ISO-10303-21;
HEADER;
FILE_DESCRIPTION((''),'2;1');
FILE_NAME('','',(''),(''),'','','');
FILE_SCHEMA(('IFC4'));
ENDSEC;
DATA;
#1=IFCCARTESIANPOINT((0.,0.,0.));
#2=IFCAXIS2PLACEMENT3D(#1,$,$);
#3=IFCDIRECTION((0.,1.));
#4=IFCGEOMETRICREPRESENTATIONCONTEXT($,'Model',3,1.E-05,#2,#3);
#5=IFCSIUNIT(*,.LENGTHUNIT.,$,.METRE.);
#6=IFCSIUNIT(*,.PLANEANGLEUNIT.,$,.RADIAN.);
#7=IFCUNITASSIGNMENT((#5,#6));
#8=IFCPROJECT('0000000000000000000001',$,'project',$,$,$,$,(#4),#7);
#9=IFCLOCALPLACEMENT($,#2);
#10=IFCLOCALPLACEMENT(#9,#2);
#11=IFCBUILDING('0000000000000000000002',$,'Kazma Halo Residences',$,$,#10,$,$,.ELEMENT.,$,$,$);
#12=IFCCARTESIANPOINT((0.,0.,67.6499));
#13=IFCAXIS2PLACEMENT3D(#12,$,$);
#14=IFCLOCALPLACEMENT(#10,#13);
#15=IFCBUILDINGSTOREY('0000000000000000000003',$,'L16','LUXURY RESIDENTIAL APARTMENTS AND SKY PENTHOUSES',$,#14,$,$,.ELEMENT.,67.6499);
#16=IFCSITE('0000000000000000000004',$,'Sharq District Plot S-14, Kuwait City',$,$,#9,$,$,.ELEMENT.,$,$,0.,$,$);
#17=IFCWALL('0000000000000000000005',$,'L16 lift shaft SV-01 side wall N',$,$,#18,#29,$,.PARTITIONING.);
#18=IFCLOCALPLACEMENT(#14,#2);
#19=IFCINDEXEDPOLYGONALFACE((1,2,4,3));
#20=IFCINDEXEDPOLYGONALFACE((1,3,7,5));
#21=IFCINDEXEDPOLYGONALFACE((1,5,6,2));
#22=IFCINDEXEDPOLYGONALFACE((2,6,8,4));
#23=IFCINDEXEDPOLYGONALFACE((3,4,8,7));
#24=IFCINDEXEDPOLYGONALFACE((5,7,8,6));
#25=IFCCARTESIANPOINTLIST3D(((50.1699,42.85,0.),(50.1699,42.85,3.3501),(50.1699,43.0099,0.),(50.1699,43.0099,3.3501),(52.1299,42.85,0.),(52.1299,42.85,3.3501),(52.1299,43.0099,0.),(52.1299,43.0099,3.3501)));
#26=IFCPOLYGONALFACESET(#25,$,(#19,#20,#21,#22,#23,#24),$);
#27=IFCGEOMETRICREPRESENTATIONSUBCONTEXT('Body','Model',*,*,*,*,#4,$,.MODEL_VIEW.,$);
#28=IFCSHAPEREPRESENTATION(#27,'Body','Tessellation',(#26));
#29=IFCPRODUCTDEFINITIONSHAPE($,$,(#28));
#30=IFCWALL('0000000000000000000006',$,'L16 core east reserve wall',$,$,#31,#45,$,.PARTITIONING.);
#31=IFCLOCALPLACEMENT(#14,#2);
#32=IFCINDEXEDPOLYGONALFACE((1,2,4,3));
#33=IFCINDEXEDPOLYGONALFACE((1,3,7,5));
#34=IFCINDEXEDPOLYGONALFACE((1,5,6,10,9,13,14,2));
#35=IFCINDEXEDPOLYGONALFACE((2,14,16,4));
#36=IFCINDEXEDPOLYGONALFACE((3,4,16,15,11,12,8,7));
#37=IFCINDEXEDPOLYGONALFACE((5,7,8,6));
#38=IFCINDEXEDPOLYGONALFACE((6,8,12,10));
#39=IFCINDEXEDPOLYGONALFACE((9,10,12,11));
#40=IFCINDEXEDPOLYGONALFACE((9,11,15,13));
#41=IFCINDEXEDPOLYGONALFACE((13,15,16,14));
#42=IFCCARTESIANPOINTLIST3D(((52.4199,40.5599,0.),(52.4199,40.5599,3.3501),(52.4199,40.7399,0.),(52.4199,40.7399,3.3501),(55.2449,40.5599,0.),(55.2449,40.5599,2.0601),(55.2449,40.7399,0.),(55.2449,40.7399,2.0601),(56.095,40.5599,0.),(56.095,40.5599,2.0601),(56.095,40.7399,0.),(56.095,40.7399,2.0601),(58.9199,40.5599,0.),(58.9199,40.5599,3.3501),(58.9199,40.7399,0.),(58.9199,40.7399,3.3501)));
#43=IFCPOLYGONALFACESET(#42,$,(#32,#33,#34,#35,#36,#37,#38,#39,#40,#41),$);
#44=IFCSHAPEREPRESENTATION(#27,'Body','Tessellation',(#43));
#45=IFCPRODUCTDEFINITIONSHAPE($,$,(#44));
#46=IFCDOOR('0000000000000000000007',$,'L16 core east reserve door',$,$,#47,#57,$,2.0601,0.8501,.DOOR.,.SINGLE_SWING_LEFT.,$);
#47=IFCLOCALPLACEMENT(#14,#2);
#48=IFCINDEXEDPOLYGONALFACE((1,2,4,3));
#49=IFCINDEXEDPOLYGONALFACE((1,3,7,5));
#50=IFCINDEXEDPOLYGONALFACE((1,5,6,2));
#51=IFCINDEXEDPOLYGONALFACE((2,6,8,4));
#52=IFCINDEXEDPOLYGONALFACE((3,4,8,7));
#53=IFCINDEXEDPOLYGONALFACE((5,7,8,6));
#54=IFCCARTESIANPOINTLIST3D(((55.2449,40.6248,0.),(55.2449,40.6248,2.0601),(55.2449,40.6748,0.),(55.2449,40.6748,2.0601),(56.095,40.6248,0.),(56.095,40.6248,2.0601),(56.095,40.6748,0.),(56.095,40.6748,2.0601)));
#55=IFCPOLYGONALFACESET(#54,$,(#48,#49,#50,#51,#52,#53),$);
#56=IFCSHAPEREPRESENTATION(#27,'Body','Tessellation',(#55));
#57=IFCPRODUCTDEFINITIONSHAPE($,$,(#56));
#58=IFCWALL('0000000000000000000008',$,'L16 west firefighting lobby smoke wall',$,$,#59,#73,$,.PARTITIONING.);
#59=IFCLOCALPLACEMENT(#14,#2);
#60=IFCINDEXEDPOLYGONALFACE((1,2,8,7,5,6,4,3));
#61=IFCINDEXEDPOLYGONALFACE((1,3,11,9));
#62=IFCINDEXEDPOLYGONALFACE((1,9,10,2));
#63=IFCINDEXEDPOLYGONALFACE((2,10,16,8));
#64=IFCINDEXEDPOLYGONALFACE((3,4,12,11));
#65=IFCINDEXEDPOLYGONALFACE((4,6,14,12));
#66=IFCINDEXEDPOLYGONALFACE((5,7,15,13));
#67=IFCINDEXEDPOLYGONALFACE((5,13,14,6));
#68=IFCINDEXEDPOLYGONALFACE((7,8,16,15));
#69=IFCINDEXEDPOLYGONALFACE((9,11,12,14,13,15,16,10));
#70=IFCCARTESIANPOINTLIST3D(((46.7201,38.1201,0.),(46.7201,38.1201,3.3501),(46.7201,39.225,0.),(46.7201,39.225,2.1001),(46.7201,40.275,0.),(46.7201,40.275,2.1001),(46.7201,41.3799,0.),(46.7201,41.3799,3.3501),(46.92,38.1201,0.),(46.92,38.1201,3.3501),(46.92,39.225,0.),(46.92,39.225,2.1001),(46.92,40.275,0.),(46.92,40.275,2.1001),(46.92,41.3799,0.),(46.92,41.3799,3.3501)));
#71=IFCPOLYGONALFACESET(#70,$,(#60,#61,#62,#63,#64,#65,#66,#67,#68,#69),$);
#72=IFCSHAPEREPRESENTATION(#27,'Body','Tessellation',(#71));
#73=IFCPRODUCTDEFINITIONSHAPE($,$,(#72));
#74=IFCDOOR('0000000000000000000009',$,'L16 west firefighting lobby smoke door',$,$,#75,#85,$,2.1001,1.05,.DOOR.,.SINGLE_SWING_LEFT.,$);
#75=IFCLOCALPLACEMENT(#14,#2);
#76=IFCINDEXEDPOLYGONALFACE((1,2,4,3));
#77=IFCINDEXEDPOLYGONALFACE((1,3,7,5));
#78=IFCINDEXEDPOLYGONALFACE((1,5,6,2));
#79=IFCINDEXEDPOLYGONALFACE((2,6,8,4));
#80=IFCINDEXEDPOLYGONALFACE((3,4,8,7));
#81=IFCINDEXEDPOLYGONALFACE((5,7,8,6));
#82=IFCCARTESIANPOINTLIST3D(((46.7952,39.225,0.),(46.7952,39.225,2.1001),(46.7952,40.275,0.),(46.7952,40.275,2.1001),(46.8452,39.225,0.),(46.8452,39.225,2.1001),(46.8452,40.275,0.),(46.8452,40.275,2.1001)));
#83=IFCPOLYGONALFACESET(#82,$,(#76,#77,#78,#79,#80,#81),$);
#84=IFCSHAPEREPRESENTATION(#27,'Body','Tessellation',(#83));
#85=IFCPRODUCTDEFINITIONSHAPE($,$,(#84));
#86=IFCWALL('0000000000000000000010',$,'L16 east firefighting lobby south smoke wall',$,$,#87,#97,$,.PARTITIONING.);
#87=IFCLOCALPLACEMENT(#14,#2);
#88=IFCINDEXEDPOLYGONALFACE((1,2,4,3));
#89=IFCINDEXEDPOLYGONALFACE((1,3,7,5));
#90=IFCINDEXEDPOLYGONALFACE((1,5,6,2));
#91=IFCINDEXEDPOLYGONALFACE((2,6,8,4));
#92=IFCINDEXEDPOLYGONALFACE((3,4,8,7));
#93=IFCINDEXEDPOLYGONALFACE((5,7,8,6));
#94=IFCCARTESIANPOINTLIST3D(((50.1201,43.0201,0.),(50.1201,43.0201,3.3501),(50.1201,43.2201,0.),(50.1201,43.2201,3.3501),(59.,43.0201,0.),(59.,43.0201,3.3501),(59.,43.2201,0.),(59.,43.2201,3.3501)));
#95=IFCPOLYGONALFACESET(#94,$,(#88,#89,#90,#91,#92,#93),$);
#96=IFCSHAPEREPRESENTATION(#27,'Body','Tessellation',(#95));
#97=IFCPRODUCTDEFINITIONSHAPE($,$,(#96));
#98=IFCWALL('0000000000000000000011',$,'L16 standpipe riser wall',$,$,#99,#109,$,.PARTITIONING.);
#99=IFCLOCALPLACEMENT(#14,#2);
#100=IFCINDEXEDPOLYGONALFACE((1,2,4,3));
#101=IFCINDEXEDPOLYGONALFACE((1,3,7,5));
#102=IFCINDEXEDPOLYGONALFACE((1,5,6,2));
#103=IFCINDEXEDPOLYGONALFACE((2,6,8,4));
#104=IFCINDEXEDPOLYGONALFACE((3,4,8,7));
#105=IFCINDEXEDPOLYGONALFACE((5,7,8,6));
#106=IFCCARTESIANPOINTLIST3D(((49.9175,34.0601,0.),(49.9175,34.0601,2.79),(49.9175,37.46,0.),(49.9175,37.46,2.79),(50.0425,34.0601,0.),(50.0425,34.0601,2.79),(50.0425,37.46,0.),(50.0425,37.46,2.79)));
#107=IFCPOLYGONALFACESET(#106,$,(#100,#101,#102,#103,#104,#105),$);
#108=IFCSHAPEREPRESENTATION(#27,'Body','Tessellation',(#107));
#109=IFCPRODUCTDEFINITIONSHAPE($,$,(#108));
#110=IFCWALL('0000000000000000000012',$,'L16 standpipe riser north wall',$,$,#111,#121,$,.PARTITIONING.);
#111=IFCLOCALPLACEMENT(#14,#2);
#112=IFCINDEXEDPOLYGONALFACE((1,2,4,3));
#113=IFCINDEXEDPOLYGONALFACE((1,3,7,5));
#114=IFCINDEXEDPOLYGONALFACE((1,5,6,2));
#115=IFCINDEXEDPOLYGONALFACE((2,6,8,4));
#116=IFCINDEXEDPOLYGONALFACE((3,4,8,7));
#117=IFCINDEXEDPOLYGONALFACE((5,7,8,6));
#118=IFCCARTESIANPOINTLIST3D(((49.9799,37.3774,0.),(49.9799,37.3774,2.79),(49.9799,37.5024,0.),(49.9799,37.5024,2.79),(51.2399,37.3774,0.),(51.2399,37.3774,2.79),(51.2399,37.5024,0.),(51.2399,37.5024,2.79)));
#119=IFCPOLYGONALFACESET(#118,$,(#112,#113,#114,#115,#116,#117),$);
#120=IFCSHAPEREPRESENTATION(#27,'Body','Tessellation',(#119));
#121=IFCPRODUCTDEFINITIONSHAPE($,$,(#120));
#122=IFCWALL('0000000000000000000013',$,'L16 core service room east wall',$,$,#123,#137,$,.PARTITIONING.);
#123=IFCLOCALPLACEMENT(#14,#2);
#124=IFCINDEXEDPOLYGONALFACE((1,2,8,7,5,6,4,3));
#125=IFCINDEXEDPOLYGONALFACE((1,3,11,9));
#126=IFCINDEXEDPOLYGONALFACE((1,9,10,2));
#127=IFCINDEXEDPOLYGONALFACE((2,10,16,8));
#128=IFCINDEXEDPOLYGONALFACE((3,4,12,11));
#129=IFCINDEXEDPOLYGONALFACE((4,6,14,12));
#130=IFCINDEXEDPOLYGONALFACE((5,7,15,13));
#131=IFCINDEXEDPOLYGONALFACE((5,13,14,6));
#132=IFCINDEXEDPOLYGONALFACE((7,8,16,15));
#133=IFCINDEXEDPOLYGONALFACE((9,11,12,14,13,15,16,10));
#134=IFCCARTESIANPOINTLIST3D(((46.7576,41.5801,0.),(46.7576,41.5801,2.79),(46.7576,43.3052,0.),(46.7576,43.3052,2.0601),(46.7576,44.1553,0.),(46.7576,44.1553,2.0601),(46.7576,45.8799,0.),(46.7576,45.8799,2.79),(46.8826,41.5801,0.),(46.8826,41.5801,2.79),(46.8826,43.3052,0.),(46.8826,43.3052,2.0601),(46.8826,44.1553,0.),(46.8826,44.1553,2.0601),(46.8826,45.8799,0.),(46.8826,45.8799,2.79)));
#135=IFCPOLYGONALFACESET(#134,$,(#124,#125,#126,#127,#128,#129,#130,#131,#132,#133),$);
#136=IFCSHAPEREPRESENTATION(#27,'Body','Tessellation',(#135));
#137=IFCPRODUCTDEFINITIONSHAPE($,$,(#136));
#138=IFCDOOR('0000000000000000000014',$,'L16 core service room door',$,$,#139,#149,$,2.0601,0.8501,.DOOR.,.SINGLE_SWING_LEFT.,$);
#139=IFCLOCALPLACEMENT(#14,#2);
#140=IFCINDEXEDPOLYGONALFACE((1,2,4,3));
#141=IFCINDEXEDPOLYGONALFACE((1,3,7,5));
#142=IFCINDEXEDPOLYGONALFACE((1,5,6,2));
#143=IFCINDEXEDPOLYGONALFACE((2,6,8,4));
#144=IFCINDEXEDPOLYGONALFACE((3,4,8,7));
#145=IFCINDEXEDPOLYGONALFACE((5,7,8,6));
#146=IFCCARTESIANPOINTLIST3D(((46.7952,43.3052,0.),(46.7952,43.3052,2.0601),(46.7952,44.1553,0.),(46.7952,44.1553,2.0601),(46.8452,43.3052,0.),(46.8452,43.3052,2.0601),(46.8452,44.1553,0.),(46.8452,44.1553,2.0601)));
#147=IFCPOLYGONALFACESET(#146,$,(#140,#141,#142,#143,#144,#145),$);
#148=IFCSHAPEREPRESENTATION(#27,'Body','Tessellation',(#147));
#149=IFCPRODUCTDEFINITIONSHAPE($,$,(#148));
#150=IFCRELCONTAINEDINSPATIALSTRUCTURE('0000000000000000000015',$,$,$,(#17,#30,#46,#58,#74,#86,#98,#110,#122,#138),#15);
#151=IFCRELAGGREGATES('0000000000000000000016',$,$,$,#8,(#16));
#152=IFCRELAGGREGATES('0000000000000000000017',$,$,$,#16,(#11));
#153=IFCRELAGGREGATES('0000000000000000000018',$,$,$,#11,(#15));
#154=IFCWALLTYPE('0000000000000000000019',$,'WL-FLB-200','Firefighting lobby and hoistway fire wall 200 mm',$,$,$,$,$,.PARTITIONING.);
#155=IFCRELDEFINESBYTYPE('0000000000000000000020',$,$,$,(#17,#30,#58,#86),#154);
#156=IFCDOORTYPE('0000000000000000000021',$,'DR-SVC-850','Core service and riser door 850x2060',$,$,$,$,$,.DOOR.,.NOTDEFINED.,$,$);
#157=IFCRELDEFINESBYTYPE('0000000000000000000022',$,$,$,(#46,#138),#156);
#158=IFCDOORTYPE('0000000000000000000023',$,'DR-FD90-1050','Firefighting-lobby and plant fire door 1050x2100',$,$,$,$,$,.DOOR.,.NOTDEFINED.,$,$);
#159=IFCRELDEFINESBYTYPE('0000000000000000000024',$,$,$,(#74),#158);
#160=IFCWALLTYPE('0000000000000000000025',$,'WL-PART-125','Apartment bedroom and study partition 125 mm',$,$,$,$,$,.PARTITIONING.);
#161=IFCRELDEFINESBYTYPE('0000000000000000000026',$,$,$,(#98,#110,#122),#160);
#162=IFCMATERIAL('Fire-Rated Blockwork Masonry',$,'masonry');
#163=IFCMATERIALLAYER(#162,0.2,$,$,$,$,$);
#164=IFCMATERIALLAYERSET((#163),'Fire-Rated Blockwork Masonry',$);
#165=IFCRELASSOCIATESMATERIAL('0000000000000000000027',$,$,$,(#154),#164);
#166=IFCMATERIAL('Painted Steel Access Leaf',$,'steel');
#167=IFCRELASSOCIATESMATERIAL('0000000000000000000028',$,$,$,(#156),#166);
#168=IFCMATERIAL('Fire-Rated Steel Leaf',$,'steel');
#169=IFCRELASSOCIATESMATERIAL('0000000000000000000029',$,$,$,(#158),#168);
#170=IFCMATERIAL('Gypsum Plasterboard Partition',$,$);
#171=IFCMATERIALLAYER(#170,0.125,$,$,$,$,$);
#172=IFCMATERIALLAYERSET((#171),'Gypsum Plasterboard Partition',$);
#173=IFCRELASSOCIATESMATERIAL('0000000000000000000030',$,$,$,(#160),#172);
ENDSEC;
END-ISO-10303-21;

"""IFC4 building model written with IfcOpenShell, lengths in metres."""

from ifc_helpers import new_model, si_unit, direction, frame, frame_2d, origin, place, context, subcontext, project, spatial, rectangle, extrude, material, layer, layer_set, type_object, element, fill, save


model = new_model("IFC4")

# Units and contexts
model_context = context("Model", 3, precision=1e-05, world=origin(), true_north=direction((0.0, 1.0)))
body_context = subcontext(model_context, "Body", "Model", "MODEL_VIEW")
ifc_project = project(units=[si_unit("LENGTHUNIT", "METRE"), si_unit("PLANEANGLEUNIT", "RADIAN")], contexts=[model_context])

# Site, building, storey
site_placement = place(None, origin())
site = spatial("IfcSite", under=ifc_project, at=site_placement, Name="Sharq District Plot S-14, Kuwait City", CompositionType="ELEMENT", RefElevation=0.0)
building_placement = place(site_placement, origin())
building = spatial("IfcBuilding", under=site, at=building_placement, Name="Kazma Halo Residences", CompositionType="ELEMENT")
storey_placement = place(building_placement, frame((0.0, 0.0, 67.6499)))
storey = spatial("IfcBuildingStorey", under=building, at=storey_placement, Name="L16", Description="LUXURY RESIDENTIAL APARTMENTS AND SKY PENTHOUSES", CompositionType="ELEMENT", Elevation=67.6499)

# Shared definitions
ifc_material_1 = material(Name="Fire-Rated Blockwork Masonry", Category="masonry")
ifc_layer_1 = layer(ifc_material_1, 0.2)
ifc_layer_set_1 = layer_set([ifc_layer_1], Name="Fire-Rated Blockwork Masonry")
wall_type_1 = type_object("IfcWallType", Name="WL-FLB-200", Description="Firefighting lobby and hoistway fire wall 200 mm", PredefinedType="PARTITIONING", material=ifc_layer_set_1)

# Wall
wall_1_placement = place(storey_placement, frame((50.1699, 42.9299, 0.0), z_axis=(0.0, 0.0, 1.0), x_axis=(1.0, 0.0, 0.0)))
element("IfcWall", 1, at=wall_1_placement, inside=storey, type_object=wall_type_1, Name="L16 lift shaft SV-01 side wall N", PredefinedType="PARTITIONING", context=body_context, shape_type="SweptSolid", body=[
    extrude(rectangle(XDim=1.96, YDim=0.1599, at=frame_2d((0.98, 0.0))), origin(), (0.0, 0.0, 1.0), 3.3501),
])

# Walls, openings, doors
wall_2_placement = place(storey_placement, frame((52.4199, 40.6499, 0.0), z_axis=(0.0, 0.0, 1.0), x_axis=(1.0, 0.0, 0.0)))
wall_2 = element("IfcWall", 2, at=wall_2_placement, inside=storey, type_object=wall_type_1, Name="L16 core east reserve wall", PredefinedType="PARTITIONING", context=body_context, shape_type="SweptSolid", body=[
    extrude(rectangle(XDim=6.5, YDim=0.1799, at=frame_2d((3.25, 0.0))), origin(), (0.0, 0.0, 1.0), 3.3501),
])
opening_1_placement = place(wall_2_placement, frame((2.825, 0.0, 0.0)))
opening_1 = element("IfcOpeningElement", 3, at=opening_1_placement, cuts=wall_2, PredefinedType="OPENING", context=body_context, shape_type="SweptSolid", body=[
    extrude(rectangle(XDim=0.8501, YDim=2.0601, at=frame_2d((0.425, 1.03))), frame((0.0, 0.0999, 0.0), z_axis=(0.0, -1.0, 0.0), x_axis=(1.0, 0.0, 0.0)), (0.0, 0.0, 1.0), 0.2),
])
ifc_material_2 = material(Name="Painted Steel Access Leaf", Category="steel")
door_type_1 = type_object("IfcDoorType", Name="DR-SVC-850", Description="Core service and riser door 850x2060", OperationType="NOTDEFINED", PredefinedType="DOOR", material=ifc_material_2)
door_1_placement = place(opening_1_placement, origin())
door_1 = element("IfcDoor", 4, at=door_1_placement, inside=storey, type_object=door_type_1, Name="L16 core east reserve door", OperationType="SINGLE_SWING_LEFT", OverallHeight=2.0601, OverallWidth=0.8501, PredefinedType="DOOR", context=body_context, shape_type="SweptSolid", body=[
    extrude(rectangle(XDim=0.8501, YDim=2.0601, at=frame_2d((0.425, 1.03))), frame((0.0, 0.0249, 0.0), z_axis=(0.0, -1.0, 0.0), x_axis=(1.0, 0.0, 0.0)), (0.0, 0.0, 1.0), 0.05),
])
fill(opening_1, door_1)
wall_3_placement = place(storey_placement, frame((46.8201, 38.1201, 0.0), z_axis=(0.0, 0.0, 1.0), x_axis=(0.0, 1.0, 0.0)))
wall_3 = element("IfcWall", 5, at=wall_3_placement, inside=storey, type_object=wall_type_1, Name="L16 west firefighting lobby smoke wall", PredefinedType="PARTITIONING", context=body_context, shape_type="SweptSolid", body=[
    extrude(rectangle(XDim=3.2598, YDim=0.2, at=frame_2d((1.6299, 0.0))), origin(), (0.0, 0.0, 1.0), 3.3501),
])
opening_2_placement = place(wall_3_placement, frame((1.105, 0.0, 0.0)))
opening_2 = element("IfcOpeningElement", 6, at=opening_2_placement, cuts=wall_3, PredefinedType="OPENING", context=body_context, shape_type="SweptSolid", body=[
    extrude(rectangle(XDim=1.05, YDim=2.1001, at=frame_2d((0.5249, 1.05))), frame((0.0, 0.1099, 0.0), z_axis=(0.0, -1.0, 0.0), x_axis=(1.0, 0.0, 0.0)), (0.0, 0.0, 1.0), 0.22),
])
ifc_material_3 = material(Name="Fire-Rated Steel Leaf", Category="steel")
door_type_2 = type_object("IfcDoorType", Name="DR-FD90-1050", Description="Firefighting-lobby and plant fire door 1050x2100", OperationType="NOTDEFINED", PredefinedType="DOOR", material=ifc_material_3)
door_2_placement = place(opening_2_placement, origin())
door_2 = element("IfcDoor", 7, at=door_2_placement, inside=storey, type_object=door_type_2, Name="L16 west firefighting lobby smoke door", OperationType="SINGLE_SWING_LEFT", OverallHeight=2.1001, OverallWidth=1.05, PredefinedType="DOOR", context=body_context, shape_type="SweptSolid", body=[
    extrude(rectangle(XDim=1.05, YDim=2.1001, at=frame_2d((0.5249, 1.05))), frame((0.0, 0.0249, 0.0), z_axis=(0.0, -1.0, 0.0), x_axis=(1.0, 0.0, 0.0)), (0.0, 0.0, 1.0), 0.05),
])
fill(opening_2, door_2)

# Walls
wall_4_placement = place(storey_placement, frame((50.1201, 43.1201, 0.0), z_axis=(0.0, 0.0, 1.0), x_axis=(1.0, 0.0, 0.0)))
element("IfcWall", 8, at=wall_4_placement, inside=storey, type_object=wall_type_1, Name="L16 east firefighting lobby south smoke wall", PredefinedType="PARTITIONING", context=body_context, shape_type="SweptSolid", body=[
    extrude(rectangle(XDim=8.8799, YDim=0.2, at=frame_2d((4.4399, 0.0))), origin(), (0.0, 0.0, 1.0), 3.3501),
])
ifc_material_4 = material(Name="Gypsum Plasterboard Partition")
ifc_layer_2 = layer(ifc_material_4, 0.125)
ifc_layer_set_2 = layer_set([ifc_layer_2], Name="Gypsum Plasterboard Partition")
wall_type_2 = type_object("IfcWallType", Name="WL-PART-125", Description="Apartment bedroom and study partition 125 mm", PredefinedType="PARTITIONING", material=ifc_layer_set_2)
wall_5_placement = place(storey_placement, frame((49.98, 34.0601, 0.0), z_axis=(0.0, 0.0, 1.0), x_axis=(0.0, 1.0, 0.0)))
element("IfcWall", 9, at=wall_5_placement, inside=storey, type_object=wall_type_2, Name="L16 standpipe riser wall", PredefinedType="PARTITIONING", context=body_context, shape_type="SweptSolid", body=[
    extrude(rectangle(XDim=3.3999, YDim=0.125, at=frame_2d((1.7, 0.0))), origin(), (0.0, 0.0, 1.0), 2.79),
])
wall_6_placement = place(storey_placement, frame((49.98, 37.4399, 0.0), z_axis=(0.0, 0.0, 1.0), x_axis=(1.0, 0.0, 0.0)))
element("IfcWall", 10, at=wall_6_placement, inside=storey, type_object=wall_type_2, Name="L16 standpipe riser north wall", PredefinedType="PARTITIONING", context=body_context, shape_type="SweptSolid", body=[
    extrude(rectangle(XDim=1.26, YDim=0.125, at=frame_2d((0.6299, 0.0))), origin(), (0.0, 0.0, 1.0), 2.79),
])

# Wall, opening, door
wall_7_placement = place(storey_placement, frame((46.8201, 41.5801, 0.0), z_axis=(0.0, 0.0, 1.0), x_axis=(0.0, 1.0, 0.0)))
wall_7 = element("IfcWall", 11, at=wall_7_placement, inside=storey, type_object=wall_type_2, Name="L16 core service room east wall", PredefinedType="PARTITIONING", context=body_context, shape_type="SweptSolid", body=[
    extrude(rectangle(XDim=4.2998, YDim=0.125, at=frame_2d((2.1499, 0.0))), origin(), (0.0, 0.0, 1.0), 2.79),
])
opening_3_placement = place(wall_7_placement, frame((1.7251, 0.0, 0.0)))
opening_3 = element("IfcOpeningElement", 12, at=opening_3_placement, cuts=wall_7, PredefinedType="OPENING", context=body_context, shape_type="SweptSolid", body=[
    extrude(rectangle(XDim=0.8501, YDim=2.0601, at=frame_2d((0.425, 1.03))), frame((0.0, 0.0725, 0.0), z_axis=(0.0, -1.0, 0.0), x_axis=(1.0, 0.0, 0.0)), (0.0, 0.0, 1.0), 0.145),
])
door_3_placement = place(opening_3_placement, origin())
door_3 = element("IfcDoor", 13, at=door_3_placement, inside=storey, type_object=door_type_1, Name="L16 core service room door", OperationType="SINGLE_SWING_LEFT", OverallHeight=2.0601, OverallWidth=0.8501, PredefinedType="DOOR", context=body_context, shape_type="SweptSolid", body=[
    extrude(rectangle(XDim=0.8501, YDim=2.0601, at=frame_2d((0.425, 1.03))), frame((0.0, 0.0249, 0.0), z_axis=(0.0, -1.0, 0.0), x_axis=(1.0, 0.0, 0.0)), (0.0, 0.0, 1.0), 0.05),
])
fill(opening_3, door_3)

save(model, "model.ifc")
